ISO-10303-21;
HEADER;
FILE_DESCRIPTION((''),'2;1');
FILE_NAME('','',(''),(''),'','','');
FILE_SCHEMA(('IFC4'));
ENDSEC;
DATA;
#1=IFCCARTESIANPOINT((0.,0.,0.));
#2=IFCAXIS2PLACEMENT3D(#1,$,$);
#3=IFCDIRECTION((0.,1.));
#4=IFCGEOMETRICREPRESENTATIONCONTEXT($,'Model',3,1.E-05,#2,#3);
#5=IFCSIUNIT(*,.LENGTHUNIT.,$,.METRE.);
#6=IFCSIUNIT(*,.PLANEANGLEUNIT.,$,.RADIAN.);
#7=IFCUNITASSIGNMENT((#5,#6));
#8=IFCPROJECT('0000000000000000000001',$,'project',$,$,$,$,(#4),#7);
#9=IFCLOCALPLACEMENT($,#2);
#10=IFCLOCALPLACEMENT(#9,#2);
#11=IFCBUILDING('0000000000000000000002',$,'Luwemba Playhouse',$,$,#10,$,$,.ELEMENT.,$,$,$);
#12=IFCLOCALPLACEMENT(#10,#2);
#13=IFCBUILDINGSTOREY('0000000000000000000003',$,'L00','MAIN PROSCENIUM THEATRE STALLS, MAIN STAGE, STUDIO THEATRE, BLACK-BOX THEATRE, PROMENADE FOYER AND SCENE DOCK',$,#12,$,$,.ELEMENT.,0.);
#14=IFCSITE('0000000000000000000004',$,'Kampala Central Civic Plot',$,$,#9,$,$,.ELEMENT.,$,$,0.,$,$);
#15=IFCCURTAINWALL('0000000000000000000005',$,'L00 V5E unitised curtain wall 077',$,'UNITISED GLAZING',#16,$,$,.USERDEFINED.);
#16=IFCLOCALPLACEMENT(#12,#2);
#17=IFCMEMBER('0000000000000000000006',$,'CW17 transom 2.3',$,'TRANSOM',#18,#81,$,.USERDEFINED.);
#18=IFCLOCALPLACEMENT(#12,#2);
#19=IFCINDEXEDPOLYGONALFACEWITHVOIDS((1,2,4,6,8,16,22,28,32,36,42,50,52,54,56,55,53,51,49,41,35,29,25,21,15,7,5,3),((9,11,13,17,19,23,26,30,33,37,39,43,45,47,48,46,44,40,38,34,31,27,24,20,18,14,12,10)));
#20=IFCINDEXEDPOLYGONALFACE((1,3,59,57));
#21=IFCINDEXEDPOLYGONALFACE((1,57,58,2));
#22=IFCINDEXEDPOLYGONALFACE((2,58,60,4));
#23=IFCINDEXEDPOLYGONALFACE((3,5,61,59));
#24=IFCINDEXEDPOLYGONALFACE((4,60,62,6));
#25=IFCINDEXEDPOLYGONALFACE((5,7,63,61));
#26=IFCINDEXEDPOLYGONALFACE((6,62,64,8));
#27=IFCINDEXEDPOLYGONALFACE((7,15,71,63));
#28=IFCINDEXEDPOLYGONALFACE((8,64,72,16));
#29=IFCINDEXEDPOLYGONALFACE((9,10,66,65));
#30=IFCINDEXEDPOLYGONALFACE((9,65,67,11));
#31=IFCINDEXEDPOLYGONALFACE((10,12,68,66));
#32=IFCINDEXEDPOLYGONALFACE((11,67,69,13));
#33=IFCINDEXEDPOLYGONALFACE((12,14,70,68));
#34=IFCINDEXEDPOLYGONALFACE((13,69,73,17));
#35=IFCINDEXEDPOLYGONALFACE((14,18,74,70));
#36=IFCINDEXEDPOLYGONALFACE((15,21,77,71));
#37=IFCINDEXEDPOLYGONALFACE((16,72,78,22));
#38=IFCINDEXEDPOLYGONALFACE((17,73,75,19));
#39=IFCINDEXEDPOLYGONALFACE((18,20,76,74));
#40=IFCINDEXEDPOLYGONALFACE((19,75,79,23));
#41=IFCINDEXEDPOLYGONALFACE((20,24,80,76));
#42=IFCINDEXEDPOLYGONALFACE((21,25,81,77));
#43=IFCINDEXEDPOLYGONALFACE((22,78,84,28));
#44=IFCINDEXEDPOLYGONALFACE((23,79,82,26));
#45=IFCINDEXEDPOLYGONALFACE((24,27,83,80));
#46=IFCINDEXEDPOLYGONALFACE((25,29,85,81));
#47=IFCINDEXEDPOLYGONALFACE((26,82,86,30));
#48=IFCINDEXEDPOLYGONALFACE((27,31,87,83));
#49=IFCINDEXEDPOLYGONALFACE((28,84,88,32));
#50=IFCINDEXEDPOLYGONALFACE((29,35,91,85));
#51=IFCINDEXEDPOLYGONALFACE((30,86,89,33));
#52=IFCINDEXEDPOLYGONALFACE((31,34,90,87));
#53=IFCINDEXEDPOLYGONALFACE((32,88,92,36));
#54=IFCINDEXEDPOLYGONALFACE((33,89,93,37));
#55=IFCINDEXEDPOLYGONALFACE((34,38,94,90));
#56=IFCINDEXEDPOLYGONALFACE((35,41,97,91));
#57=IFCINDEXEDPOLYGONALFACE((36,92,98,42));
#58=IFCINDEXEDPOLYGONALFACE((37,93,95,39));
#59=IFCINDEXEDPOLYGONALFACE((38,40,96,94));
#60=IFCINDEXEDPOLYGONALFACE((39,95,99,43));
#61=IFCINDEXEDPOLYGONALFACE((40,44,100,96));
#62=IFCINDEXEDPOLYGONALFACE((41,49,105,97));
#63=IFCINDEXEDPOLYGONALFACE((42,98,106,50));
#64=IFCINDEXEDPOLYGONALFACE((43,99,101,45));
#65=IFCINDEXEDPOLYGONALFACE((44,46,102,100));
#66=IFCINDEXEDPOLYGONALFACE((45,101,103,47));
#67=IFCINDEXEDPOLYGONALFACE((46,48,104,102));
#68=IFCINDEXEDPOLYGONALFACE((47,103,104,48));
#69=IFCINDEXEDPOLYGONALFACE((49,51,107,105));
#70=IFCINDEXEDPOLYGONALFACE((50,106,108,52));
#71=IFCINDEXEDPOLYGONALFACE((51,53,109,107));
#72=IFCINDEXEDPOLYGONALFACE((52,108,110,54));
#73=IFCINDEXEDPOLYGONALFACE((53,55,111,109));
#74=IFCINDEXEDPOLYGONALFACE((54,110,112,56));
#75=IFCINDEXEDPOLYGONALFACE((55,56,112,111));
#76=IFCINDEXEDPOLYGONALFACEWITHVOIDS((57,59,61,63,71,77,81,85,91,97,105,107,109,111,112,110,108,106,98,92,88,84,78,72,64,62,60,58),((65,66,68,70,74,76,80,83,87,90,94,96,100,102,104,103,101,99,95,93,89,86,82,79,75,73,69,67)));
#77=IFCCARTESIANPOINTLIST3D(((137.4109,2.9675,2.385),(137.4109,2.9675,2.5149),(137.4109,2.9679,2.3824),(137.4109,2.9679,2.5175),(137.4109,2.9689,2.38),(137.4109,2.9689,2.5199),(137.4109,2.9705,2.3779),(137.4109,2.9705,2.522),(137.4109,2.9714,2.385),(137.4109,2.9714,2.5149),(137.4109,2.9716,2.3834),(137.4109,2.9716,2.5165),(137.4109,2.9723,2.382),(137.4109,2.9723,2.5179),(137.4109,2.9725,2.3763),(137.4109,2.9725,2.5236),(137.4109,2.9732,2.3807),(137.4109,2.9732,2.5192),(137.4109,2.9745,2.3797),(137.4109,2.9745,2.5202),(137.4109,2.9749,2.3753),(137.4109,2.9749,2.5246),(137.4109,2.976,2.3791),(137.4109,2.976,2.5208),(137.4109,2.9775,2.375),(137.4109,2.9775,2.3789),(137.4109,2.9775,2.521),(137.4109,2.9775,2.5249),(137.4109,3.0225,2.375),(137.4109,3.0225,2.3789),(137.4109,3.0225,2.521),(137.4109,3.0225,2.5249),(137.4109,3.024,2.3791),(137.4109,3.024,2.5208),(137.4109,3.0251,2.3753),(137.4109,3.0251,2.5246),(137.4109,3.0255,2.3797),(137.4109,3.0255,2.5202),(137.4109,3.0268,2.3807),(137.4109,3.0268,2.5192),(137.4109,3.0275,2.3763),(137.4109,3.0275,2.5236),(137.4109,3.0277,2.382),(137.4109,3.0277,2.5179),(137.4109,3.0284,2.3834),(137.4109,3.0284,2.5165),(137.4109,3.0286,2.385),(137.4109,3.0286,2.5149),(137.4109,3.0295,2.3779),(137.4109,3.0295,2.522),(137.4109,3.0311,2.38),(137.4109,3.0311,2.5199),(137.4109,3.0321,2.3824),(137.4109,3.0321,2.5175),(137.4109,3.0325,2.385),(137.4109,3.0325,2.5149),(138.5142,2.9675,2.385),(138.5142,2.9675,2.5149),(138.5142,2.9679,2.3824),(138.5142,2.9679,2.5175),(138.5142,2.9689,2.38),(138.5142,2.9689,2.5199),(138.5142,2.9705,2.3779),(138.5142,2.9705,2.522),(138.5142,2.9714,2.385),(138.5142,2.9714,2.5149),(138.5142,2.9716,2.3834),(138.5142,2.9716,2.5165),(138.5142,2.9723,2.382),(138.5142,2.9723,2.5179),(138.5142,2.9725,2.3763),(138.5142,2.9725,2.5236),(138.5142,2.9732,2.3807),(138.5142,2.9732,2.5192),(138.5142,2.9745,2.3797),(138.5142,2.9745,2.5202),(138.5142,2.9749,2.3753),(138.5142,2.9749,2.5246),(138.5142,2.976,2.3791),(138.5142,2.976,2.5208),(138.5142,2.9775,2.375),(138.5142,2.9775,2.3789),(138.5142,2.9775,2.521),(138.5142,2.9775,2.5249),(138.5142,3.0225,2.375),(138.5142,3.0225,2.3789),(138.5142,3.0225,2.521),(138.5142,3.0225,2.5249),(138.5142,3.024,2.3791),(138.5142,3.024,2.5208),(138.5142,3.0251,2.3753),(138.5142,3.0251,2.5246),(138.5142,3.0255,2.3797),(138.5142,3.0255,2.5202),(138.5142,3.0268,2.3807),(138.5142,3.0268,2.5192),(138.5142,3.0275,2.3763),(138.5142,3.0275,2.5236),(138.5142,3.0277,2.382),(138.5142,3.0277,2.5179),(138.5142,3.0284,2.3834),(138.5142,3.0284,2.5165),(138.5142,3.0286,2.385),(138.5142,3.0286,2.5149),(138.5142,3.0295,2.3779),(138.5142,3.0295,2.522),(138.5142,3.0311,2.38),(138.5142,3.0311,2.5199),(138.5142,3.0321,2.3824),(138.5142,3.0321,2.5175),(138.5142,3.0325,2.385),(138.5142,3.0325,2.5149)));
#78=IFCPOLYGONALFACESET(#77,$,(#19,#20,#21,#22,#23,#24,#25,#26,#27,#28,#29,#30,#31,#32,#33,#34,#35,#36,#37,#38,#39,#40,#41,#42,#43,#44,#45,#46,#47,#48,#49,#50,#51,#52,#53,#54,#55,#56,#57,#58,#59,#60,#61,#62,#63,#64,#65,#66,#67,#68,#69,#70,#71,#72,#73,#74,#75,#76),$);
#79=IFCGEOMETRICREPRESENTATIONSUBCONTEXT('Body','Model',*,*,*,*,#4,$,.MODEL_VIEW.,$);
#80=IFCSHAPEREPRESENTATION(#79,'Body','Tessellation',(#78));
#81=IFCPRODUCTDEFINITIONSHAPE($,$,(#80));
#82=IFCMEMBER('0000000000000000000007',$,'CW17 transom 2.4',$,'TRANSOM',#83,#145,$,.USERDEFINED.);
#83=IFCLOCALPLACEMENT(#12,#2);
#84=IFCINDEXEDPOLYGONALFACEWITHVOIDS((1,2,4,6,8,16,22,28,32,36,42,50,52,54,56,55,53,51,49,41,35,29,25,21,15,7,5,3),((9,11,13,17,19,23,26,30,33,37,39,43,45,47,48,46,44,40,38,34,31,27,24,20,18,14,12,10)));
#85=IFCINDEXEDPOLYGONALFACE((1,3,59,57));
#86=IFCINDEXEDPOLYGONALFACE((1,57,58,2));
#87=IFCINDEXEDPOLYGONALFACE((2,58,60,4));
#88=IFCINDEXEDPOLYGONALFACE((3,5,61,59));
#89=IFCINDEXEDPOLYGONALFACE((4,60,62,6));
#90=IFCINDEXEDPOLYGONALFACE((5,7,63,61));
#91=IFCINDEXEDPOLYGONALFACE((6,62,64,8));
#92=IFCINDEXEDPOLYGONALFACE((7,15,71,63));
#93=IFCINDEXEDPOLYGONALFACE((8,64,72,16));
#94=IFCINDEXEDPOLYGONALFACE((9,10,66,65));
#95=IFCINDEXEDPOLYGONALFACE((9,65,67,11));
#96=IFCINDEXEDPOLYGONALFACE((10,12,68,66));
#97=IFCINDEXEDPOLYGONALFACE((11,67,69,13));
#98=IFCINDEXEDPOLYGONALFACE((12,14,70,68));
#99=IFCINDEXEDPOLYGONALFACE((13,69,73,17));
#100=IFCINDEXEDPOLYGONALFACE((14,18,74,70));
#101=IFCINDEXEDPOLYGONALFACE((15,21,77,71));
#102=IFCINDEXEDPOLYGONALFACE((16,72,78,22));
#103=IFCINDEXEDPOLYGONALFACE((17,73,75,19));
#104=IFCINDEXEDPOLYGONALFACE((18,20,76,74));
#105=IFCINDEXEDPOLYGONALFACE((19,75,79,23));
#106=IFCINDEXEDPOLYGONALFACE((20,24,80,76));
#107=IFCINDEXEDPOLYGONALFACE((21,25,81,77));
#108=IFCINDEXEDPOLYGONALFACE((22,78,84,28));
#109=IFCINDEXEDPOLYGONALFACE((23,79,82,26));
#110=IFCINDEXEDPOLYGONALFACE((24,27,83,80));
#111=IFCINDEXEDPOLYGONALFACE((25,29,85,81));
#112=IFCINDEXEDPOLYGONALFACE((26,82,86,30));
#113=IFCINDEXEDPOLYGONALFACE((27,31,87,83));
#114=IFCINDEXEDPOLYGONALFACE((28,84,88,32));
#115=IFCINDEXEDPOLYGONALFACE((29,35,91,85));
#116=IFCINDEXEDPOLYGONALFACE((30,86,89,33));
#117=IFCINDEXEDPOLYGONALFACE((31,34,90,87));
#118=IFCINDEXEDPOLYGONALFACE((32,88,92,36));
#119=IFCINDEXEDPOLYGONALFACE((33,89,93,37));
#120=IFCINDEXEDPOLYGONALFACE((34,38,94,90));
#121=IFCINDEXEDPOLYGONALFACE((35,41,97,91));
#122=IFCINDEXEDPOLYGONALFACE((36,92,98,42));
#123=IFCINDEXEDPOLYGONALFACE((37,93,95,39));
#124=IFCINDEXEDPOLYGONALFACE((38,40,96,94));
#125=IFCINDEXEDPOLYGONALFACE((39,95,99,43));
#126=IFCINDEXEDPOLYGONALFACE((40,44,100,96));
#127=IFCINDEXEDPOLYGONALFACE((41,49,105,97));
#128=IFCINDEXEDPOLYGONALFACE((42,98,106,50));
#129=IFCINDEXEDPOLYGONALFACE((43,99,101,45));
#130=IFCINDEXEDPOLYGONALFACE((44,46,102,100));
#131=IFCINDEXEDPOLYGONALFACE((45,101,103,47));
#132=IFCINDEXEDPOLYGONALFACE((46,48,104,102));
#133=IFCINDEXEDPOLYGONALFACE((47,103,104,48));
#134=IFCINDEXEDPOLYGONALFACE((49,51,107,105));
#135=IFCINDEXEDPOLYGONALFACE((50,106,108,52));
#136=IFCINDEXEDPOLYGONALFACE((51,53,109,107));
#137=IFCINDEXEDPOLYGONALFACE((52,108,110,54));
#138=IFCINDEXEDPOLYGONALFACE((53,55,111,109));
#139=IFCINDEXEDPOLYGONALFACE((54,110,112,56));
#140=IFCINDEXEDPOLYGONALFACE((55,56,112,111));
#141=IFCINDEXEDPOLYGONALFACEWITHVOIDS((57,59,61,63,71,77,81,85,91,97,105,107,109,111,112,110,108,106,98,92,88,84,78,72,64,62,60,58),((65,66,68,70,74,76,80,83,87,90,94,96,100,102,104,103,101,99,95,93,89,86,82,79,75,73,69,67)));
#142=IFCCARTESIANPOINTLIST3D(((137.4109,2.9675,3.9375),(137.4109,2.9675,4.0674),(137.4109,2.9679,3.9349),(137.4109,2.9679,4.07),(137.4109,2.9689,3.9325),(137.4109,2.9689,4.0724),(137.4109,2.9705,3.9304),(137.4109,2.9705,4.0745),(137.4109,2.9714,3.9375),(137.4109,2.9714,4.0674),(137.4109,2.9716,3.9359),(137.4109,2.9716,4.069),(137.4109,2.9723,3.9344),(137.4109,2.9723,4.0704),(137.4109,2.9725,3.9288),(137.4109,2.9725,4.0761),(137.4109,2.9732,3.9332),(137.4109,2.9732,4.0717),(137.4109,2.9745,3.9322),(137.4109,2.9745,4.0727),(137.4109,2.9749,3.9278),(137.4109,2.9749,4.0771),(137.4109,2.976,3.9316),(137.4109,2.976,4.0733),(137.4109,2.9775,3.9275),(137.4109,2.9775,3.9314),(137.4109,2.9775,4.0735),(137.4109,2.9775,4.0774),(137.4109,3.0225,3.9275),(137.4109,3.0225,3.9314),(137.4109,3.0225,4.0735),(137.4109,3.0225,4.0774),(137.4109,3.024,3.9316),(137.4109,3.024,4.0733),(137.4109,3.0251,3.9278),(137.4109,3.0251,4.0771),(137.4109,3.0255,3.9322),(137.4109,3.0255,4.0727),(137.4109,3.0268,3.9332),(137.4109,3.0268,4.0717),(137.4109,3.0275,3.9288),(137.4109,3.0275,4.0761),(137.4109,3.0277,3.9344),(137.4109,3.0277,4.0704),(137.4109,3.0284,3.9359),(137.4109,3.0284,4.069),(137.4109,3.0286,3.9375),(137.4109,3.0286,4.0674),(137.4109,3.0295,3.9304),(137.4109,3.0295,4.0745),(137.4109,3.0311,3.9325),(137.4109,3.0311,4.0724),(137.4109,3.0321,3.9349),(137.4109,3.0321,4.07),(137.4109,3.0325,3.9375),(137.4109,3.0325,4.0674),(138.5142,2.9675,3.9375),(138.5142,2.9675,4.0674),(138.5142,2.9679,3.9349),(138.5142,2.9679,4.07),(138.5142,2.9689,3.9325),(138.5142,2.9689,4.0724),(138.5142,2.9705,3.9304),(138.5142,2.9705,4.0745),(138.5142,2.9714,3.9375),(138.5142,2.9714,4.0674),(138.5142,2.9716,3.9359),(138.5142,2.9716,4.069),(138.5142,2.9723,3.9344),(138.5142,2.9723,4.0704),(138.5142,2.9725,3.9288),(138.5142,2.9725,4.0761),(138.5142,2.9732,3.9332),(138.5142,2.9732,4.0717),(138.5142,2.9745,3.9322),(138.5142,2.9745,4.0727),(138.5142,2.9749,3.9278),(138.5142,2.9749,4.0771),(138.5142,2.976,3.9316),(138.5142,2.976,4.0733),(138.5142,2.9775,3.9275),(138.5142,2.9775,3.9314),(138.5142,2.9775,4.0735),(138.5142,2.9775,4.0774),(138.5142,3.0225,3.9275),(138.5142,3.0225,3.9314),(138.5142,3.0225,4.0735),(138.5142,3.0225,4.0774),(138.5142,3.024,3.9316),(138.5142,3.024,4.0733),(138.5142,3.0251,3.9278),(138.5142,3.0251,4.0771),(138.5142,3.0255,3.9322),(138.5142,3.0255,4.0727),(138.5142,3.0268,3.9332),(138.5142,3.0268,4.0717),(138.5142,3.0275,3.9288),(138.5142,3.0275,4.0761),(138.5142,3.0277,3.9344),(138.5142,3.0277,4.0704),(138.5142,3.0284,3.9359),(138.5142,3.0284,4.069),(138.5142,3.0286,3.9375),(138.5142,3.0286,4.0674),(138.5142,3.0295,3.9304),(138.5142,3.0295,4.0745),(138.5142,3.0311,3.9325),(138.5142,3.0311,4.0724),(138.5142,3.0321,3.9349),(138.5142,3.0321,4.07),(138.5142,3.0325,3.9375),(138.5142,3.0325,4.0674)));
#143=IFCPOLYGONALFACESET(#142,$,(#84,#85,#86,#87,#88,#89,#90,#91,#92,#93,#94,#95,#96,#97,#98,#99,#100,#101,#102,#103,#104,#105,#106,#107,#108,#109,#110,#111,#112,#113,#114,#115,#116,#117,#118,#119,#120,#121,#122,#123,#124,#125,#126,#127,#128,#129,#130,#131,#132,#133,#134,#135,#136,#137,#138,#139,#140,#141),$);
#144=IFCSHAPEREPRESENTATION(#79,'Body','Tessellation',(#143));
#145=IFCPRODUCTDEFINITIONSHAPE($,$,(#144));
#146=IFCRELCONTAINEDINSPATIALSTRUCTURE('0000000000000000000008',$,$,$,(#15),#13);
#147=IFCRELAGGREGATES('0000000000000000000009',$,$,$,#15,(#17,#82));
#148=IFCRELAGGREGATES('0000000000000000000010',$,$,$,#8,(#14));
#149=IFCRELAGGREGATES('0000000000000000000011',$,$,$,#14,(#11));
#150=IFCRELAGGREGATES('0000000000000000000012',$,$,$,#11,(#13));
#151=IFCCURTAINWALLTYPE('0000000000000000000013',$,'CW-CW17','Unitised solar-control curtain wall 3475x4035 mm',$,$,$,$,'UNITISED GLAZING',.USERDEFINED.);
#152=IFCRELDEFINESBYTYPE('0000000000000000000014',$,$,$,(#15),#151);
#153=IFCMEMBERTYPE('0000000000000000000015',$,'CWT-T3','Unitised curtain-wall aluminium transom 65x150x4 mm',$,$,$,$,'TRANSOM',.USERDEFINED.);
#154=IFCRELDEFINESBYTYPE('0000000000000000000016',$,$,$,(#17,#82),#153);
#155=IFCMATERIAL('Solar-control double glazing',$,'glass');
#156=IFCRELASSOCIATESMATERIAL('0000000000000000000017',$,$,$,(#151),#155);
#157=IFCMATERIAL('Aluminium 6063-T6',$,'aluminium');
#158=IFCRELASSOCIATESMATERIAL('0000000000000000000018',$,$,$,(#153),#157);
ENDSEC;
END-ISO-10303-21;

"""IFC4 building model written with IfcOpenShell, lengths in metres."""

from ifc_helpers import new_model, si_unit, direction, frame, origin, origin_2d, place, context, subcontext, project, spatial, hollow_rectangle, extrude, material, material_profile, profile_set, type_object, element, aggregate, save


model = new_model("IFC4")

# Units and contexts
model_context = context("Model", 3, precision=1e-05, world=origin(), true_north=direction((0.0, 1.0)))
body_context = subcontext(model_context, "Body", "Model", "MODEL_VIEW")
ifc_project = project(units=[si_unit("LENGTHUNIT", "METRE"), si_unit("PLANEANGLEUNIT", "RADIAN")], contexts=[model_context])

# Site, building, storey
site_placement = place(None, origin())
site = spatial("IfcSite", under=ifc_project, at=site_placement, Name="Kampala Central Civic Plot", CompositionType="ELEMENT", RefElevation=0.0)
building_placement = place(site_placement, origin())
building = spatial("IfcBuilding", under=site, at=building_placement, Name="Luwemba Playhouse", CompositionType="ELEMENT")
storey_placement = place(building_placement, origin())
storey = spatial("IfcBuildingStorey", under=building, at=storey_placement, Name="L00", Description="MAIN PROSCENIUM THEATRE STALLS, MAIN STAGE, STUDIO THEATRE, BLACK-BOX THEATRE, PROMENADE FOYER AND SCENE DOCK", CompositionType="ELEMENT", Elevation=0.0)

# Shared definitions
ifc_material_1 = material(Name="Solar-control double glazing", Category="glass")
ifc_material_2 = material(Name="Aluminium 6063-T6", Category="aluminium")

# Curtain wall, members
curtain_wall_type_1 = type_object("IfcCurtainWallType", Name="CW-CW17", Description="Unitised solar-control curtain wall 3475x4035 mm", ElementType="UNITISED GLAZING", PredefinedType="USERDEFINED", material=ifc_material_1)
curtain_wall_1_placement = place(storey_placement, origin())
curtain_wall_1 = element("IfcCurtainWall", 1, at=curtain_wall_1_placement, inside=storey, type_object=curtain_wall_type_1, Name="L00 V5E unitised curtain wall 077", ObjectType="UNITISED GLAZING", PredefinedType="USERDEFINED")
ifc_material_profile_1 = material_profile(ifc_material_2, hollow_rectangle(XDim=0.0649, YDim=0.1499, WallThickness=0.0039, InnerFilletRadius=0.0061, OuterFilletRadius=0.01, at=origin_2d()))
ifc_profile_set_1 = profile_set([ifc_material_profile_1], Name="Aluminium 6063-T6")
member_type_1 = type_object("IfcMemberType", Name="CWT-T3", Description="Unitised curtain-wall aluminium transom 65x150x4 mm", ElementType="TRANSOM", PredefinedType="USERDEFINED", material=ifc_profile_set_1)
member_1_placement = place(storey_placement, frame((138.5142, 3.0, 2.45), z_axis=(-1.0, 0.0, 0.0), x_axis=(0.0, -1.0, 0.0)))
member_1 = element("IfcMember", 2, at=member_1_placement, type_object=member_type_1, Name="CW17 transom 2.3", ObjectType="TRANSOM", PredefinedType="USERDEFINED", context=body_context, shape_type="SweptSolid", body=[
    extrude(hollow_rectangle(XDim=0.0649, YDim=0.1499, WallThickness=0.0039, InnerFilletRadius=0.0061, OuterFilletRadius=0.01, at=origin_2d()), origin(), (0.0, 0.0, 1.0), 1.1033),
])
member_2_placement = place(storey_placement, frame((138.5142, 3.0, 4.0024), z_axis=(-1.0, 0.0, 0.0), x_axis=(0.0, -1.0, 0.0)))
member_2 = element("IfcMember", 3, at=member_2_placement, type_object=member_type_1, Name="CW17 transom 2.4", ObjectType="TRANSOM", PredefinedType="USERDEFINED", context=body_context, shape_type="SweptSolid", body=[
    extrude(hollow_rectangle(XDim=0.0649, YDim=0.1499, WallThickness=0.0039, InnerFilletRadius=0.0061, OuterFilletRadius=0.01, at=origin_2d()), origin(), (0.0, 0.0, 1.0), 1.1033),
])

aggregate(curtain_wall_1, [member_1, member_2])

save(model, "model.ifc")
